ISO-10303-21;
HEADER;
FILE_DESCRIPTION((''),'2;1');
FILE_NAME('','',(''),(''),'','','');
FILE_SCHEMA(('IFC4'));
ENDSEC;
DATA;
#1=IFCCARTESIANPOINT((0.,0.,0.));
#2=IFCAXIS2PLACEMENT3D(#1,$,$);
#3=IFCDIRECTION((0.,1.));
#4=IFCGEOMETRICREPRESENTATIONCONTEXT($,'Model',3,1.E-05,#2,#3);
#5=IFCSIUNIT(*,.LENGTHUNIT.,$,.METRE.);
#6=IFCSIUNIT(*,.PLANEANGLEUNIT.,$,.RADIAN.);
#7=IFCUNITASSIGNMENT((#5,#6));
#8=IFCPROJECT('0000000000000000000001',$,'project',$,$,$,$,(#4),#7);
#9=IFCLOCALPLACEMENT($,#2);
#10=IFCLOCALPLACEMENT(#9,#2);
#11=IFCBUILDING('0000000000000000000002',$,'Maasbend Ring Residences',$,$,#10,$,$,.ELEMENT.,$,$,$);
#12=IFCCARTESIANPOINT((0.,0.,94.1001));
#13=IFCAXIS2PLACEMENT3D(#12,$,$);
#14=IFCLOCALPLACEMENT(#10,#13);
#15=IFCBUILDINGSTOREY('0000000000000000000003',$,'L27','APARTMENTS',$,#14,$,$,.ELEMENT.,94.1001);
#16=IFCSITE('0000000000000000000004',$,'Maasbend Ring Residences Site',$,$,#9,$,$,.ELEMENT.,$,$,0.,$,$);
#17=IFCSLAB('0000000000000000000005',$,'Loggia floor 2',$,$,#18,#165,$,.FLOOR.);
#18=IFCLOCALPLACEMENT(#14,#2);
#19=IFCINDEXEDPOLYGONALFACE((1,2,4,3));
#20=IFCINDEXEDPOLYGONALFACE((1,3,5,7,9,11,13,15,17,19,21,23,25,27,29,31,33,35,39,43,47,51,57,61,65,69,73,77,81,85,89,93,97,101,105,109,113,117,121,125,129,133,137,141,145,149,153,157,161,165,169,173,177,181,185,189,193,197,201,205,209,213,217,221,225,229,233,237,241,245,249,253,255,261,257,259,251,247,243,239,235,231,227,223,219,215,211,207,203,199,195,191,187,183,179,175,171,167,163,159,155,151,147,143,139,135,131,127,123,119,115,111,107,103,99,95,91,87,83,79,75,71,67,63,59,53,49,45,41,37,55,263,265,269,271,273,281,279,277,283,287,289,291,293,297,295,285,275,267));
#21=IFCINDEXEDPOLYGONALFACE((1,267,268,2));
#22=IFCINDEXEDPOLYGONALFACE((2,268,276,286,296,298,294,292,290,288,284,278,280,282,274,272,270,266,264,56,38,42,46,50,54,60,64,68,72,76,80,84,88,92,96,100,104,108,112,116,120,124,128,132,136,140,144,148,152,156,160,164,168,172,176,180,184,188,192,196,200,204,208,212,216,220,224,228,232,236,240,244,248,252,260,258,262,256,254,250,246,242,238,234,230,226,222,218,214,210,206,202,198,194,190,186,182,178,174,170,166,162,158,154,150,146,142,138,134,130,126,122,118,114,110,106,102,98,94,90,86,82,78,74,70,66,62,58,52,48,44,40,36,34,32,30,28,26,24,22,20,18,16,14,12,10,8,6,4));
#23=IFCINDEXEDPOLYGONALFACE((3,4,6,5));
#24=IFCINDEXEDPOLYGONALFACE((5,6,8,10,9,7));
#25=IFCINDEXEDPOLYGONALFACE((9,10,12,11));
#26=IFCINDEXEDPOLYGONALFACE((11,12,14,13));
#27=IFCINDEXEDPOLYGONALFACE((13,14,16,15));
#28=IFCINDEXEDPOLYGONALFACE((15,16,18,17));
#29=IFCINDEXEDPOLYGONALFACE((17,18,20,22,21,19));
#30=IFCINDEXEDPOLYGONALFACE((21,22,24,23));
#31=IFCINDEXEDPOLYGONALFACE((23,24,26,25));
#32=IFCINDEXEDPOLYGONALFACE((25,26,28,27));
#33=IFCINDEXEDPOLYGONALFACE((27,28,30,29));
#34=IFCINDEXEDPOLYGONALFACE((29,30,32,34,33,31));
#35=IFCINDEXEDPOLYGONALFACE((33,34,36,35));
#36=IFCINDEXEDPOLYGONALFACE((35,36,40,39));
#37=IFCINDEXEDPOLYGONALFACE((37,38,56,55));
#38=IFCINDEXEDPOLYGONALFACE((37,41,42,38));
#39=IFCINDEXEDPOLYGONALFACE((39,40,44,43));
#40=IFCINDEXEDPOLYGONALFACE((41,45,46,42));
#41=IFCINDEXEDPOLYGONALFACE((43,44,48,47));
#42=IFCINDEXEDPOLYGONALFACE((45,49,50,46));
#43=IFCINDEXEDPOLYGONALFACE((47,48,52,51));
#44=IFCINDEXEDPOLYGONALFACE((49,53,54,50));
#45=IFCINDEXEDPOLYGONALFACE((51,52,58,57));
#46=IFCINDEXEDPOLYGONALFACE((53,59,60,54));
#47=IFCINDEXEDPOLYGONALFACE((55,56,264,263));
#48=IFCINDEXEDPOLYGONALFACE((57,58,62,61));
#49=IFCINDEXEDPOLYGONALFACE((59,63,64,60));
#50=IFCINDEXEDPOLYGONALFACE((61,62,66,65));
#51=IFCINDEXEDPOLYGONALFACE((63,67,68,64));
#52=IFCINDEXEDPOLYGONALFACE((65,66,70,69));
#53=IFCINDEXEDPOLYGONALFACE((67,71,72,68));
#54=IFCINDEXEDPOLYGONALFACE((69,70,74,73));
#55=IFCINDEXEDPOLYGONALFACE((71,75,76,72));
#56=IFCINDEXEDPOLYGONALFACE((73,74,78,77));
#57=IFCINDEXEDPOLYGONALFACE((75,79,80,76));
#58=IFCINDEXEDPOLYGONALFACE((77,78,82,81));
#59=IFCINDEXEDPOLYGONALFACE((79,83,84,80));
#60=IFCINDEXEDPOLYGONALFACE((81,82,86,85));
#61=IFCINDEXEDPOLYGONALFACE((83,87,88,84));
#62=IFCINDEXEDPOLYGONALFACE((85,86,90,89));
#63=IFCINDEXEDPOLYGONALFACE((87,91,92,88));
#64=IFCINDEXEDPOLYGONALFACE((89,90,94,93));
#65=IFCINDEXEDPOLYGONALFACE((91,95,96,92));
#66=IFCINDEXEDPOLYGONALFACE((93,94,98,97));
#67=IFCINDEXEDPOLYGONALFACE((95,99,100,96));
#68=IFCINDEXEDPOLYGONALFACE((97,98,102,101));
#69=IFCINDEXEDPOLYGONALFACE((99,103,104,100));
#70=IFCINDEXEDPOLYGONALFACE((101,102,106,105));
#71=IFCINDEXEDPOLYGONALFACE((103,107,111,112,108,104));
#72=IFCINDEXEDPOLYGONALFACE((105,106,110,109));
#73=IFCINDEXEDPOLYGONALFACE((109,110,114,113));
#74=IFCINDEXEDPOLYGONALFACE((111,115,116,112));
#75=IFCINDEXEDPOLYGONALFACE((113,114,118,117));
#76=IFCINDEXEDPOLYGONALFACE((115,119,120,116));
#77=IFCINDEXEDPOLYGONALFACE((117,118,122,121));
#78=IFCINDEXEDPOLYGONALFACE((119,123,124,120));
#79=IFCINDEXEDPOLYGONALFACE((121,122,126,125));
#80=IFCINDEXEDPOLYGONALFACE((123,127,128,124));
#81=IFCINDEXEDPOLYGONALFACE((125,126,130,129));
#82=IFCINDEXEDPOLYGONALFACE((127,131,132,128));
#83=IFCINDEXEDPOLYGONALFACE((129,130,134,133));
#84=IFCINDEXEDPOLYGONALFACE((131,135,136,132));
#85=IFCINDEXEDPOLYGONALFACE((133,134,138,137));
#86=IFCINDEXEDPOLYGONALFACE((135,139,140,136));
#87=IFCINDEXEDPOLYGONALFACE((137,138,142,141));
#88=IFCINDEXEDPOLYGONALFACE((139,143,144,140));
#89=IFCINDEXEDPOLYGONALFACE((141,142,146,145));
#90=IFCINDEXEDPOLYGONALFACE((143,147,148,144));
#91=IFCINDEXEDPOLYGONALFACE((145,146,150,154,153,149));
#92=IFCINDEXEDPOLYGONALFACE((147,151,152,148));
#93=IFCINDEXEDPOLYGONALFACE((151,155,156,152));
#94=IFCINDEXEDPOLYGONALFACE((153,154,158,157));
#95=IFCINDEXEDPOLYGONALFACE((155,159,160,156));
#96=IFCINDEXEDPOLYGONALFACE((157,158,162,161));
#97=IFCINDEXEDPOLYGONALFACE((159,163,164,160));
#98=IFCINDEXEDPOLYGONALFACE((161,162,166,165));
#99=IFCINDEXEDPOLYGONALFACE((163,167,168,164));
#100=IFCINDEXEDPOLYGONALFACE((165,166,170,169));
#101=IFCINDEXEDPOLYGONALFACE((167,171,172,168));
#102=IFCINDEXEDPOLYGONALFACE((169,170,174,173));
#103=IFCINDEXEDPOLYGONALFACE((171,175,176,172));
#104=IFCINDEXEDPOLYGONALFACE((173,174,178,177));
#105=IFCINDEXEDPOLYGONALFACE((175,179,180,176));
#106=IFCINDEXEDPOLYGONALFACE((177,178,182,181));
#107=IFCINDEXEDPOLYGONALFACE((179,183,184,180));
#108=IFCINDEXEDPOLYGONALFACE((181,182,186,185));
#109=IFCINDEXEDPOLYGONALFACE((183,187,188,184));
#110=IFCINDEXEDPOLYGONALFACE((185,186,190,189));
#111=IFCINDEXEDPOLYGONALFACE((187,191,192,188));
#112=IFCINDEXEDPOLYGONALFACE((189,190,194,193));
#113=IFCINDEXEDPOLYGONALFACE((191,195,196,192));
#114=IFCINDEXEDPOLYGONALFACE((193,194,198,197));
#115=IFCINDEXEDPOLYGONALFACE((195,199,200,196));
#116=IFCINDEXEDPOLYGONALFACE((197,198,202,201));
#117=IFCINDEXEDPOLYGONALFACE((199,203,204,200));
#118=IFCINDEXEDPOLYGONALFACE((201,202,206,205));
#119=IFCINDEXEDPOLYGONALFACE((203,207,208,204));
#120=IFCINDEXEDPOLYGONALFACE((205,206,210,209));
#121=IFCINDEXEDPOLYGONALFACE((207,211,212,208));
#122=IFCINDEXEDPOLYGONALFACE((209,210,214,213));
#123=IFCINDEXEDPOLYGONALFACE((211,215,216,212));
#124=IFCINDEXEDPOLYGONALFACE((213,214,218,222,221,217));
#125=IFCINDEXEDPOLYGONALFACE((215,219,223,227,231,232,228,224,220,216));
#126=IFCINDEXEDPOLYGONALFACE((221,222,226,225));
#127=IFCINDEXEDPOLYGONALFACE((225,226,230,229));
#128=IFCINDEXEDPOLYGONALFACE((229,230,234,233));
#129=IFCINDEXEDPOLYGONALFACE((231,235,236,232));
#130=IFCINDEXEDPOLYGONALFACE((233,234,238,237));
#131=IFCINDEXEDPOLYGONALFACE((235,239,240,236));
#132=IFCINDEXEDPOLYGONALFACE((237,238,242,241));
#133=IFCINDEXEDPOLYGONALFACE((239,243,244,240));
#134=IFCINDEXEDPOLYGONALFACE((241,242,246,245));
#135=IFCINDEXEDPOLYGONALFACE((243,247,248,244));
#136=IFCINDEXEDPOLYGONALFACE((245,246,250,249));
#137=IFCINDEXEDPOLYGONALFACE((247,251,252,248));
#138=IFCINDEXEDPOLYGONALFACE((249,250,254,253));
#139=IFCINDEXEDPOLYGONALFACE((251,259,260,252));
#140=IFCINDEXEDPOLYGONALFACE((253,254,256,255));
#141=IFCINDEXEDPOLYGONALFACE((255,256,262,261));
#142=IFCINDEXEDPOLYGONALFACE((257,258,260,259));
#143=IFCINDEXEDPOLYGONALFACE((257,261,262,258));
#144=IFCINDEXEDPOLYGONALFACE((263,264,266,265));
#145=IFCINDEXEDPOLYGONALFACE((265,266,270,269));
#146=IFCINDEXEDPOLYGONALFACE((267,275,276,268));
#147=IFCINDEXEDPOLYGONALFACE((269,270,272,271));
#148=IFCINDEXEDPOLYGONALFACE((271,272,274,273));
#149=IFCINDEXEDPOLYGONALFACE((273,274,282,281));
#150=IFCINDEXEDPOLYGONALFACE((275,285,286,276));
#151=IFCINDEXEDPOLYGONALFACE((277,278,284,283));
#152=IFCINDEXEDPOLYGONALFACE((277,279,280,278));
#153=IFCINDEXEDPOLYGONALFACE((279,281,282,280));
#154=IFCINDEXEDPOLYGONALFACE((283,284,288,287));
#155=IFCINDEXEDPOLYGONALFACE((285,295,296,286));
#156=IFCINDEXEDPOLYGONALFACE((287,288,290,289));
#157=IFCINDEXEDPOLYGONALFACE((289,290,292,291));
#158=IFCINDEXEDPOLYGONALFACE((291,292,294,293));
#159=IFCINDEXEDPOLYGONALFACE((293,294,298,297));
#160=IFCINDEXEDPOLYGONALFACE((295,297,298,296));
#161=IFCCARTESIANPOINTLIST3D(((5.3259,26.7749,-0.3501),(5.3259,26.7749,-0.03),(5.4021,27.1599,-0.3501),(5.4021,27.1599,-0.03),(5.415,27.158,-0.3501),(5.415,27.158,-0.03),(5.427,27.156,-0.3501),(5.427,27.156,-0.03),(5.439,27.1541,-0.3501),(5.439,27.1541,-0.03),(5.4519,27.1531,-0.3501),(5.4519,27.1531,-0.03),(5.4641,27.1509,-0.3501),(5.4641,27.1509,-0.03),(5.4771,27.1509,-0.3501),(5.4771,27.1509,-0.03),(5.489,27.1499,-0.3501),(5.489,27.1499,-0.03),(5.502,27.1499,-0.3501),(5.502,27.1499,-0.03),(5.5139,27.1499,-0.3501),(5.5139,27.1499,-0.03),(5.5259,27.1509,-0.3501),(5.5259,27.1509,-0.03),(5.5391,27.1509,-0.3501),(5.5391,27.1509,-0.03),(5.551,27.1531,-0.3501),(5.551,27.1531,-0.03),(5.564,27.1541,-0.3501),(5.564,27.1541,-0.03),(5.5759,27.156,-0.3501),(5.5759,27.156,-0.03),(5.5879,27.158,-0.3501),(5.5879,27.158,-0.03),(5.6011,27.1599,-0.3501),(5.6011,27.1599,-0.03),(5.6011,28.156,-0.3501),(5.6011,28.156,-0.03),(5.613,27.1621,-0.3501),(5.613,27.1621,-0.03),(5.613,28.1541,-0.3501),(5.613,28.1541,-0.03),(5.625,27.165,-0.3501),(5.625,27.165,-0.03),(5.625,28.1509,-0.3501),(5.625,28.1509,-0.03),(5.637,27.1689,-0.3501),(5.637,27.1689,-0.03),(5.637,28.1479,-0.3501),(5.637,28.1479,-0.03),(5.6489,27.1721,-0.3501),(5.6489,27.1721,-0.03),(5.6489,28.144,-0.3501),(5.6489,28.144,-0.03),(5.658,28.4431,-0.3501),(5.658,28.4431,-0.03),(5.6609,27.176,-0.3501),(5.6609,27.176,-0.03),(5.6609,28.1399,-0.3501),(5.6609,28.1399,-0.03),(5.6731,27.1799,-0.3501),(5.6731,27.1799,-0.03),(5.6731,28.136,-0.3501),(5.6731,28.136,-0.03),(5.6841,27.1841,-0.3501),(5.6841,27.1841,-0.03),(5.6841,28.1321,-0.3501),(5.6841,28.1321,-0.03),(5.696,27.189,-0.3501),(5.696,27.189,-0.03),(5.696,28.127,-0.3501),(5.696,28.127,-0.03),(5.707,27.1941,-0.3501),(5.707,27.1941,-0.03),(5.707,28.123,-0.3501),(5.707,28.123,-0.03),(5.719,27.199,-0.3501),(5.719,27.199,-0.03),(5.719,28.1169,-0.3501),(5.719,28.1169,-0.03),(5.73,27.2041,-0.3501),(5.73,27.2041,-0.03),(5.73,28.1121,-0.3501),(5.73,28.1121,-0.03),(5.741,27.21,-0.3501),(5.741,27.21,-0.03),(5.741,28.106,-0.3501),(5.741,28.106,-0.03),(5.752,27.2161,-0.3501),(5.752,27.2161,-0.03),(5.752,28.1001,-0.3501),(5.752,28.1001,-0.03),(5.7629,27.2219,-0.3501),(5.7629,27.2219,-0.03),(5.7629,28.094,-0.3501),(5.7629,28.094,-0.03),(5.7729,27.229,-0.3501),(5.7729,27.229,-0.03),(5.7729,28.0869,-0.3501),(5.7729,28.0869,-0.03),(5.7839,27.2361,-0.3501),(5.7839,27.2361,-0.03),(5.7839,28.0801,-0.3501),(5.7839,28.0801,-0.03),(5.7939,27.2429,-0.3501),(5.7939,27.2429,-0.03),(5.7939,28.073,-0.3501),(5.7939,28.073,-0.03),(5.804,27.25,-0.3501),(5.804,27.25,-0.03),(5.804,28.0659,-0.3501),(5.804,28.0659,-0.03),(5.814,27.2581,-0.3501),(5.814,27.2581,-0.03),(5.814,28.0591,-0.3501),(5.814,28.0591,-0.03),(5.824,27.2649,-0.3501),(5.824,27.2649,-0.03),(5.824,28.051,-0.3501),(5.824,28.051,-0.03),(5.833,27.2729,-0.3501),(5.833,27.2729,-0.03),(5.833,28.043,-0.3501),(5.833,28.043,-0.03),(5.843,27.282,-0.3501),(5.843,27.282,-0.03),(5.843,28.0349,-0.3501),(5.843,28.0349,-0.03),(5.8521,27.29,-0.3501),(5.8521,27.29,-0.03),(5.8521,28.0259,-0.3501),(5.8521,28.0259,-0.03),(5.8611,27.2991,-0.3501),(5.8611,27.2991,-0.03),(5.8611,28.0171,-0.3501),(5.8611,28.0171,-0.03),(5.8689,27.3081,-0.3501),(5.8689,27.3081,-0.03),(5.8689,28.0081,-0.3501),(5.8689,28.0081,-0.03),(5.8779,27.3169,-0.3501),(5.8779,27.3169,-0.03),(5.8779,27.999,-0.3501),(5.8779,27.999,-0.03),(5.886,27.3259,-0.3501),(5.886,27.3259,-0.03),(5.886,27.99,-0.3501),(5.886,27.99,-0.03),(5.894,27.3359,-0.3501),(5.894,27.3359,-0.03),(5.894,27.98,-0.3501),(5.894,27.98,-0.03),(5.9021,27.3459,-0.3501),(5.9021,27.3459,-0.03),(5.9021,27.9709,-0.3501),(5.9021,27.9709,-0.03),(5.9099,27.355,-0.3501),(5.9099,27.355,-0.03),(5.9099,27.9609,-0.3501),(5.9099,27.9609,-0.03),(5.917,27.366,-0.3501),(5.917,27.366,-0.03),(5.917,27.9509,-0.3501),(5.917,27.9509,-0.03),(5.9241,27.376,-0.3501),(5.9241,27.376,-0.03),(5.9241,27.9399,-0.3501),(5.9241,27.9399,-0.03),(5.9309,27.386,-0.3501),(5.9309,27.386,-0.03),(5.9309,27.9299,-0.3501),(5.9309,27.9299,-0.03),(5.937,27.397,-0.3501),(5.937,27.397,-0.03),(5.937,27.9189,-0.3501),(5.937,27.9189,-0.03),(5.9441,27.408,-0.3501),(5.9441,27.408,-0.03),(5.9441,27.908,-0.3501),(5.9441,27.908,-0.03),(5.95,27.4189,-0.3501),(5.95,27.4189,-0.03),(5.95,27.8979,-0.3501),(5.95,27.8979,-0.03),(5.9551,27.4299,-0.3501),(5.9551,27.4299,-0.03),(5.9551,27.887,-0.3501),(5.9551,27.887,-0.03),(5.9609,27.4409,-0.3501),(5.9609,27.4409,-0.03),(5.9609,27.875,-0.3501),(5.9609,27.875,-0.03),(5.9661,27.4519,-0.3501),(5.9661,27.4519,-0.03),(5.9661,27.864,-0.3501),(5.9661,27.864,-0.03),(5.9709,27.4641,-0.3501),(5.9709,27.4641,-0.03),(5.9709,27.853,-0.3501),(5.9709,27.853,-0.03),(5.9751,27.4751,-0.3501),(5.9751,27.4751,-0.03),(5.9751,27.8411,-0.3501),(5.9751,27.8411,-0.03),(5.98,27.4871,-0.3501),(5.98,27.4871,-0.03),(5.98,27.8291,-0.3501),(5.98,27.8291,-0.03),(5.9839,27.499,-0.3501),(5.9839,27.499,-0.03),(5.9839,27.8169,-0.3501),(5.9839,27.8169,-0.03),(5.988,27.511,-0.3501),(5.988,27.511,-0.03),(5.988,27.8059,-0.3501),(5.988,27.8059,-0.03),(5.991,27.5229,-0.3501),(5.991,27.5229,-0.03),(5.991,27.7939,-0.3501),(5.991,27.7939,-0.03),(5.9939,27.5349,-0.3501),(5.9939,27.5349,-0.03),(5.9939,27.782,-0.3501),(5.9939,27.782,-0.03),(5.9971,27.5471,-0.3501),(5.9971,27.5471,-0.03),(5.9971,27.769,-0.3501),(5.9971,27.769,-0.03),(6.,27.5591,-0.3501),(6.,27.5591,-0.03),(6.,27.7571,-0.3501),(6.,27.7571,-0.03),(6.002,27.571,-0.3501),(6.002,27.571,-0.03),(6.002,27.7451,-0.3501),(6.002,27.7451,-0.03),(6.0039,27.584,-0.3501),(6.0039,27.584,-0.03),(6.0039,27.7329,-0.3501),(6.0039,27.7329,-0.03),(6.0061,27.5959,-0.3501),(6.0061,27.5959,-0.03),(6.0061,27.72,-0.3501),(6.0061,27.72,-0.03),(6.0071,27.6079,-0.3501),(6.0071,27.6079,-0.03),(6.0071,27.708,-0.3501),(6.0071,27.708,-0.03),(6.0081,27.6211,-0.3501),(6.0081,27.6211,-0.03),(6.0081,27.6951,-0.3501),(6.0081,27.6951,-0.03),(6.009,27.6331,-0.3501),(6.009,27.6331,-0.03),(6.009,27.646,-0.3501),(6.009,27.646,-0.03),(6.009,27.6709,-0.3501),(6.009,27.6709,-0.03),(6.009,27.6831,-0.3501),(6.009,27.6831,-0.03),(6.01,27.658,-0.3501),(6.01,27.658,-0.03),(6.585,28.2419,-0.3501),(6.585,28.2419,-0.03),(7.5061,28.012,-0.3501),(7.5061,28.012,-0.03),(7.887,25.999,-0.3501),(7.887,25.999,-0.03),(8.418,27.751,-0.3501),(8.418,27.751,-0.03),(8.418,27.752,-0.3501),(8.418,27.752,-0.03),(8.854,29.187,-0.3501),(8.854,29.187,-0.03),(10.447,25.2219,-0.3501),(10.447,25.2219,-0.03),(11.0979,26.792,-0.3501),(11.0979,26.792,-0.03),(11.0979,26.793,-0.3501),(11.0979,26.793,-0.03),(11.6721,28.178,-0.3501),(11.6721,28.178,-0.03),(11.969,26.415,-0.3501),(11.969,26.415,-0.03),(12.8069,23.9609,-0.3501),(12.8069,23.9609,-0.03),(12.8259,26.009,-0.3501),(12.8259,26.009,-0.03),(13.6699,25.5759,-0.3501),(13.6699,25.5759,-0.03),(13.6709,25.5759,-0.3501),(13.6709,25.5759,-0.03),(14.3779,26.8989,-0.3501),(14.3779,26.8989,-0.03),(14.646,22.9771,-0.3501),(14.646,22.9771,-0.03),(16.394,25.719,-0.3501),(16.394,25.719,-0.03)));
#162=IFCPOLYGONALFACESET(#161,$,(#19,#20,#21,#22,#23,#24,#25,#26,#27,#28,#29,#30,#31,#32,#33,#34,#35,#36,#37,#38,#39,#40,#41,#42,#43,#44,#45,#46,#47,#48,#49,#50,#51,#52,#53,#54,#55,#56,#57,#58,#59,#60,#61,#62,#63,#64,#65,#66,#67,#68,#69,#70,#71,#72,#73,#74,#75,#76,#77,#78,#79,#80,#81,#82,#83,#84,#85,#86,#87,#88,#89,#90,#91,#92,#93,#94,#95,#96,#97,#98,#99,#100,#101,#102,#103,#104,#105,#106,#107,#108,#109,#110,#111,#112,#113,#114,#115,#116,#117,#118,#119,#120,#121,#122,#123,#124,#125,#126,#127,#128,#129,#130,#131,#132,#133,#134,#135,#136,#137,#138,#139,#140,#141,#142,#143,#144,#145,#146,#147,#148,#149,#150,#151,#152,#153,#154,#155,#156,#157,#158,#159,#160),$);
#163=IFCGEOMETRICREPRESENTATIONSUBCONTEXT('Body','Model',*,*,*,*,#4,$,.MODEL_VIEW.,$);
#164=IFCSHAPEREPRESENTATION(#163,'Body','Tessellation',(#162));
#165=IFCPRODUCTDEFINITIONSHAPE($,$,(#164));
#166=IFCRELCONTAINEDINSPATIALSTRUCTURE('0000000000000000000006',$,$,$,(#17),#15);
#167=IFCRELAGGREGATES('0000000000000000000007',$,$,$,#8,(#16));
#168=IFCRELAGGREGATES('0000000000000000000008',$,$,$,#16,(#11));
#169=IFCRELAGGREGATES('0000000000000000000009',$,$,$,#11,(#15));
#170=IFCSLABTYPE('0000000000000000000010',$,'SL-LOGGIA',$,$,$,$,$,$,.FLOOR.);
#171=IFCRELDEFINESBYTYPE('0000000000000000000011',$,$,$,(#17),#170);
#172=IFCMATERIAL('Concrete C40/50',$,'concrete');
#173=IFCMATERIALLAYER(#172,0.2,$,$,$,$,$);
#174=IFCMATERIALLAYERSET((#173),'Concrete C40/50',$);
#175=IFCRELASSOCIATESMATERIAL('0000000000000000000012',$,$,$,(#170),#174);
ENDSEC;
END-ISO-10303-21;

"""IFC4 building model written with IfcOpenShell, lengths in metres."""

from ifc_helpers import new_model, si_unit, direction, frame, origin, place, context, subcontext, project, spatial, polyline, outline, extrude, material, layer, layer_set, type_object, element, save


model = new_model("IFC4")

# Units and contexts
model_context = context("Model", 3, precision=1e-05, world=origin(), true_north=direction((0.0, 1.0)))
body_context = subcontext(model_context, "Body", "Model", "MODEL_VIEW")
ifc_project = project(units=[si_unit("LENGTHUNIT", "METRE"), si_unit("PLANEANGLEUNIT", "RADIAN")], contexts=[model_context])

# Site, building, storey
site_placement = place(None, origin())
site = spatial("IfcSite", under=ifc_project, at=site_placement, Name="Maasbend Ring Residences Site", CompositionType="ELEMENT", RefElevation=0.0)
building_placement = place(site_placement, origin())
building = spatial("IfcBuilding", under=site, at=building_placement, Name="Maasbend Ring Residences", CompositionType="ELEMENT")
storey_placement = place(building_placement, frame((0.0, 0.0, 94.1001)))
storey = spatial("IfcBuildingStorey", under=building, at=storey_placement, Name="L27", Description="APARTMENTS", CompositionType="ELEMENT", Elevation=94.1001)

# Slab
ifc_material_1 = material(Name="Concrete C40/50", Category="concrete")
ifc_layer_1 = layer(ifc_material_1, 0.2)
ifc_layer_set_1 = layer_set([ifc_layer_1], Name="Concrete C40/50")
slab_type_1 = type_object("IfcSlabType", Name="SL-LOGGIA", PredefinedType="FLOOR", material=ifc_layer_set_1)
slab_1_placement = place(storey_placement, frame((0.0, 0.0, -0.3501)))
element("IfcSlab", 1, at=slab_1_placement, inside=storey, type_object=slab_type_1, Name="Loggia floor 2", PredefinedType="FLOOR", context=body_context, shape_type="SweptSolid", body=[
    extrude(outline(polyline([(5.439, 27.1541), (5.4519, 27.1531), (5.4641, 27.1509), (5.4771, 27.1509), (5.489, 27.1499), (5.502, 27.1499), (5.5139, 27.1499), (5.5259, 27.1509), (5.5391, 27.1509), (5.551, 27.1531), (5.564, 27.1541), (5.5759, 27.156), (5.5879, 27.158), (5.6011, 27.1599), (5.613, 27.1621), (5.625, 27.165), (5.637, 27.1689), (5.6489, 27.1721), (5.6609, 27.176), (5.6731, 27.1799), (5.6841, 27.1841), (5.696, 27.189), (5.707, 27.1941), (5.719, 27.199), (5.73, 27.2041), (5.741, 27.21), (5.752, 27.2161), (5.7629, 27.2219), (5.7729, 27.229), (5.7839, 27.2361), (5.7939, 27.2429), (5.804, 27.25), (5.814, 27.2581), (5.824, 27.2649), (5.833, 27.2729), (5.843, 27.282), (5.8521, 27.29), (5.8611, 27.2991), (5.8689, 27.3081), (5.8779, 27.3169), (5.886, 27.3259), (5.894, 27.3359), (5.9021, 27.3459), (5.9099, 27.355), (5.917, 27.366), (5.9241, 27.376), (5.9309, 27.386), (5.937, 27.397), (5.9441, 27.408), (5.95, 27.4189), (5.9551, 27.4299), (5.9609, 27.4409), (5.9661, 27.4519), (5.9709, 27.4641), (5.9751, 27.4751), (5.98, 27.4871), (5.9839, 27.499), (5.988, 27.511), (5.991, 27.5229), (5.9939, 27.5349), (5.9971, 27.5471), (6.0, 27.5591), (6.002, 27.571), (6.0039, 27.584), (6.0061, 27.5959), (6.0071, 27.6079), (6.0081, 27.6211), (6.009, 27.6331), (6.009, 27.646), (6.01, 27.658), (6.009, 27.6709), (6.009, 27.6831), (6.0081, 27.6951), (6.0071, 27.708), (6.0061, 27.72), (6.0039, 27.7329), (6.002, 27.7451), (6.0, 27.7571), (5.9971, 27.769), (5.9939, 27.782), (5.991, 27.7939), (5.988, 27.8059), (5.9839, 27.8169), (5.98, 27.8291), (5.9751, 27.8411), (5.9709, 27.853), (5.9661, 27.864), (5.9609, 27.875), (5.9551, 27.887), (5.95, 27.8979), (5.9441, 27.908), (5.937, 27.9189), (5.9309, 27.9299), (5.9241, 27.9399), (5.917, 27.9509), (5.9099, 27.9609), (5.9021, 27.9709), (5.894, 27.98), (5.886, 27.99), (5.8779, 27.999), (5.8689, 28.0081), (5.8611, 28.0171), (5.8521, 28.0259), (5.843, 28.0349), (5.833, 28.043), (5.824, 28.051), (5.814, 28.0591), (5.804, 28.0659), (5.7939, 28.073), (5.7839, 28.0801), (5.7729, 28.0869), (5.7629, 28.094), (5.752, 28.1001), (5.741, 28.106), (5.73, 28.1121), (5.719, 28.1169), (5.707, 28.123), (5.696, 28.127), (5.6841, 28.1321), (5.6731, 28.136), (5.6609, 28.1399), (5.6489, 28.144), (5.637, 28.1479), (5.625, 28.1509), (5.613, 28.1541), (5.6011, 28.156), (5.658, 28.4431), (5.658, 28.4431), (5.658, 28.4431), (6.585, 28.2419), (6.585, 28.2419), (7.5061, 28.012), (7.5061, 28.012), (8.418, 27.751), (8.418, 27.751), (8.418, 27.751), (8.418, 27.751), (8.418, 27.751), (8.418, 27.751), (8.418, 27.751), (8.418, 27.751), (8.418, 27.751), (8.418, 27.751), (8.418, 27.752), (8.418, 27.752), (8.418, 27.752), (8.418, 27.752), (8.418, 27.752), (8.418, 27.752), (8.418, 27.752), (8.854, 29.187), (8.854, 29.187), (8.854, 29.187), (11.6721, 28.178), (11.6721, 28.178), (11.6721, 28.178), (11.0979, 26.793), (11.0979, 26.793), (11.0979, 26.793), (11.0979, 26.793), (11.0979, 26.793), (11.0979, 26.793), (11.0979, 26.793), (11.0979, 26.793), (11.0979, 26.793), (11.0979, 26.793), (11.0979, 26.792), (11.0979, 26.792), (11.0979, 26.792), (11.0979, 26.792), (11.0979, 26.792), (11.0979, 26.792), (11.0979, 26.792), (11.969, 26.415), (11.969, 26.415), (12.8259, 26.009), (12.8259, 26.009), (13.6699, 25.5759), (13.6699, 25.5759), (13.6699, 25.5759), (13.6699, 25.5759), (13.6699, 25.5759), (13.6699, 25.5759), (13.6699, 25.5759), (13.6699, 25.5759), (13.6699, 25.5759), (13.6699, 25.5759), (13.6709, 25.5759), (13.6709, 25.5759), (13.6709, 25.5759), (13.6709, 25.5759), (13.6709, 25.5759), (13.6709, 25.5759), (13.6709, 25.5759), (14.3779, 26.8989), (14.3779, 26.8989), (14.3779, 26.8989), (16.394, 25.719), (16.394, 25.719), (16.394, 25.719), (14.646, 22.9771), (14.646, 22.9771), (14.646, 22.9771), (12.8069, 23.9609), (10.447, 25.2219), (10.447, 25.2219), (10.447, 25.2219), (7.887, 25.999), (5.3259, 26.7749), (5.3259, 26.7749), (5.3259, 26.7749), (5.4021, 27.1599), (5.415, 27.158), (5.427, 27.156), (5.439, 27.1541)])), origin(), (0.0, 0.0, 1.0), 0.3201),
])

save(model, "model.ifc")
